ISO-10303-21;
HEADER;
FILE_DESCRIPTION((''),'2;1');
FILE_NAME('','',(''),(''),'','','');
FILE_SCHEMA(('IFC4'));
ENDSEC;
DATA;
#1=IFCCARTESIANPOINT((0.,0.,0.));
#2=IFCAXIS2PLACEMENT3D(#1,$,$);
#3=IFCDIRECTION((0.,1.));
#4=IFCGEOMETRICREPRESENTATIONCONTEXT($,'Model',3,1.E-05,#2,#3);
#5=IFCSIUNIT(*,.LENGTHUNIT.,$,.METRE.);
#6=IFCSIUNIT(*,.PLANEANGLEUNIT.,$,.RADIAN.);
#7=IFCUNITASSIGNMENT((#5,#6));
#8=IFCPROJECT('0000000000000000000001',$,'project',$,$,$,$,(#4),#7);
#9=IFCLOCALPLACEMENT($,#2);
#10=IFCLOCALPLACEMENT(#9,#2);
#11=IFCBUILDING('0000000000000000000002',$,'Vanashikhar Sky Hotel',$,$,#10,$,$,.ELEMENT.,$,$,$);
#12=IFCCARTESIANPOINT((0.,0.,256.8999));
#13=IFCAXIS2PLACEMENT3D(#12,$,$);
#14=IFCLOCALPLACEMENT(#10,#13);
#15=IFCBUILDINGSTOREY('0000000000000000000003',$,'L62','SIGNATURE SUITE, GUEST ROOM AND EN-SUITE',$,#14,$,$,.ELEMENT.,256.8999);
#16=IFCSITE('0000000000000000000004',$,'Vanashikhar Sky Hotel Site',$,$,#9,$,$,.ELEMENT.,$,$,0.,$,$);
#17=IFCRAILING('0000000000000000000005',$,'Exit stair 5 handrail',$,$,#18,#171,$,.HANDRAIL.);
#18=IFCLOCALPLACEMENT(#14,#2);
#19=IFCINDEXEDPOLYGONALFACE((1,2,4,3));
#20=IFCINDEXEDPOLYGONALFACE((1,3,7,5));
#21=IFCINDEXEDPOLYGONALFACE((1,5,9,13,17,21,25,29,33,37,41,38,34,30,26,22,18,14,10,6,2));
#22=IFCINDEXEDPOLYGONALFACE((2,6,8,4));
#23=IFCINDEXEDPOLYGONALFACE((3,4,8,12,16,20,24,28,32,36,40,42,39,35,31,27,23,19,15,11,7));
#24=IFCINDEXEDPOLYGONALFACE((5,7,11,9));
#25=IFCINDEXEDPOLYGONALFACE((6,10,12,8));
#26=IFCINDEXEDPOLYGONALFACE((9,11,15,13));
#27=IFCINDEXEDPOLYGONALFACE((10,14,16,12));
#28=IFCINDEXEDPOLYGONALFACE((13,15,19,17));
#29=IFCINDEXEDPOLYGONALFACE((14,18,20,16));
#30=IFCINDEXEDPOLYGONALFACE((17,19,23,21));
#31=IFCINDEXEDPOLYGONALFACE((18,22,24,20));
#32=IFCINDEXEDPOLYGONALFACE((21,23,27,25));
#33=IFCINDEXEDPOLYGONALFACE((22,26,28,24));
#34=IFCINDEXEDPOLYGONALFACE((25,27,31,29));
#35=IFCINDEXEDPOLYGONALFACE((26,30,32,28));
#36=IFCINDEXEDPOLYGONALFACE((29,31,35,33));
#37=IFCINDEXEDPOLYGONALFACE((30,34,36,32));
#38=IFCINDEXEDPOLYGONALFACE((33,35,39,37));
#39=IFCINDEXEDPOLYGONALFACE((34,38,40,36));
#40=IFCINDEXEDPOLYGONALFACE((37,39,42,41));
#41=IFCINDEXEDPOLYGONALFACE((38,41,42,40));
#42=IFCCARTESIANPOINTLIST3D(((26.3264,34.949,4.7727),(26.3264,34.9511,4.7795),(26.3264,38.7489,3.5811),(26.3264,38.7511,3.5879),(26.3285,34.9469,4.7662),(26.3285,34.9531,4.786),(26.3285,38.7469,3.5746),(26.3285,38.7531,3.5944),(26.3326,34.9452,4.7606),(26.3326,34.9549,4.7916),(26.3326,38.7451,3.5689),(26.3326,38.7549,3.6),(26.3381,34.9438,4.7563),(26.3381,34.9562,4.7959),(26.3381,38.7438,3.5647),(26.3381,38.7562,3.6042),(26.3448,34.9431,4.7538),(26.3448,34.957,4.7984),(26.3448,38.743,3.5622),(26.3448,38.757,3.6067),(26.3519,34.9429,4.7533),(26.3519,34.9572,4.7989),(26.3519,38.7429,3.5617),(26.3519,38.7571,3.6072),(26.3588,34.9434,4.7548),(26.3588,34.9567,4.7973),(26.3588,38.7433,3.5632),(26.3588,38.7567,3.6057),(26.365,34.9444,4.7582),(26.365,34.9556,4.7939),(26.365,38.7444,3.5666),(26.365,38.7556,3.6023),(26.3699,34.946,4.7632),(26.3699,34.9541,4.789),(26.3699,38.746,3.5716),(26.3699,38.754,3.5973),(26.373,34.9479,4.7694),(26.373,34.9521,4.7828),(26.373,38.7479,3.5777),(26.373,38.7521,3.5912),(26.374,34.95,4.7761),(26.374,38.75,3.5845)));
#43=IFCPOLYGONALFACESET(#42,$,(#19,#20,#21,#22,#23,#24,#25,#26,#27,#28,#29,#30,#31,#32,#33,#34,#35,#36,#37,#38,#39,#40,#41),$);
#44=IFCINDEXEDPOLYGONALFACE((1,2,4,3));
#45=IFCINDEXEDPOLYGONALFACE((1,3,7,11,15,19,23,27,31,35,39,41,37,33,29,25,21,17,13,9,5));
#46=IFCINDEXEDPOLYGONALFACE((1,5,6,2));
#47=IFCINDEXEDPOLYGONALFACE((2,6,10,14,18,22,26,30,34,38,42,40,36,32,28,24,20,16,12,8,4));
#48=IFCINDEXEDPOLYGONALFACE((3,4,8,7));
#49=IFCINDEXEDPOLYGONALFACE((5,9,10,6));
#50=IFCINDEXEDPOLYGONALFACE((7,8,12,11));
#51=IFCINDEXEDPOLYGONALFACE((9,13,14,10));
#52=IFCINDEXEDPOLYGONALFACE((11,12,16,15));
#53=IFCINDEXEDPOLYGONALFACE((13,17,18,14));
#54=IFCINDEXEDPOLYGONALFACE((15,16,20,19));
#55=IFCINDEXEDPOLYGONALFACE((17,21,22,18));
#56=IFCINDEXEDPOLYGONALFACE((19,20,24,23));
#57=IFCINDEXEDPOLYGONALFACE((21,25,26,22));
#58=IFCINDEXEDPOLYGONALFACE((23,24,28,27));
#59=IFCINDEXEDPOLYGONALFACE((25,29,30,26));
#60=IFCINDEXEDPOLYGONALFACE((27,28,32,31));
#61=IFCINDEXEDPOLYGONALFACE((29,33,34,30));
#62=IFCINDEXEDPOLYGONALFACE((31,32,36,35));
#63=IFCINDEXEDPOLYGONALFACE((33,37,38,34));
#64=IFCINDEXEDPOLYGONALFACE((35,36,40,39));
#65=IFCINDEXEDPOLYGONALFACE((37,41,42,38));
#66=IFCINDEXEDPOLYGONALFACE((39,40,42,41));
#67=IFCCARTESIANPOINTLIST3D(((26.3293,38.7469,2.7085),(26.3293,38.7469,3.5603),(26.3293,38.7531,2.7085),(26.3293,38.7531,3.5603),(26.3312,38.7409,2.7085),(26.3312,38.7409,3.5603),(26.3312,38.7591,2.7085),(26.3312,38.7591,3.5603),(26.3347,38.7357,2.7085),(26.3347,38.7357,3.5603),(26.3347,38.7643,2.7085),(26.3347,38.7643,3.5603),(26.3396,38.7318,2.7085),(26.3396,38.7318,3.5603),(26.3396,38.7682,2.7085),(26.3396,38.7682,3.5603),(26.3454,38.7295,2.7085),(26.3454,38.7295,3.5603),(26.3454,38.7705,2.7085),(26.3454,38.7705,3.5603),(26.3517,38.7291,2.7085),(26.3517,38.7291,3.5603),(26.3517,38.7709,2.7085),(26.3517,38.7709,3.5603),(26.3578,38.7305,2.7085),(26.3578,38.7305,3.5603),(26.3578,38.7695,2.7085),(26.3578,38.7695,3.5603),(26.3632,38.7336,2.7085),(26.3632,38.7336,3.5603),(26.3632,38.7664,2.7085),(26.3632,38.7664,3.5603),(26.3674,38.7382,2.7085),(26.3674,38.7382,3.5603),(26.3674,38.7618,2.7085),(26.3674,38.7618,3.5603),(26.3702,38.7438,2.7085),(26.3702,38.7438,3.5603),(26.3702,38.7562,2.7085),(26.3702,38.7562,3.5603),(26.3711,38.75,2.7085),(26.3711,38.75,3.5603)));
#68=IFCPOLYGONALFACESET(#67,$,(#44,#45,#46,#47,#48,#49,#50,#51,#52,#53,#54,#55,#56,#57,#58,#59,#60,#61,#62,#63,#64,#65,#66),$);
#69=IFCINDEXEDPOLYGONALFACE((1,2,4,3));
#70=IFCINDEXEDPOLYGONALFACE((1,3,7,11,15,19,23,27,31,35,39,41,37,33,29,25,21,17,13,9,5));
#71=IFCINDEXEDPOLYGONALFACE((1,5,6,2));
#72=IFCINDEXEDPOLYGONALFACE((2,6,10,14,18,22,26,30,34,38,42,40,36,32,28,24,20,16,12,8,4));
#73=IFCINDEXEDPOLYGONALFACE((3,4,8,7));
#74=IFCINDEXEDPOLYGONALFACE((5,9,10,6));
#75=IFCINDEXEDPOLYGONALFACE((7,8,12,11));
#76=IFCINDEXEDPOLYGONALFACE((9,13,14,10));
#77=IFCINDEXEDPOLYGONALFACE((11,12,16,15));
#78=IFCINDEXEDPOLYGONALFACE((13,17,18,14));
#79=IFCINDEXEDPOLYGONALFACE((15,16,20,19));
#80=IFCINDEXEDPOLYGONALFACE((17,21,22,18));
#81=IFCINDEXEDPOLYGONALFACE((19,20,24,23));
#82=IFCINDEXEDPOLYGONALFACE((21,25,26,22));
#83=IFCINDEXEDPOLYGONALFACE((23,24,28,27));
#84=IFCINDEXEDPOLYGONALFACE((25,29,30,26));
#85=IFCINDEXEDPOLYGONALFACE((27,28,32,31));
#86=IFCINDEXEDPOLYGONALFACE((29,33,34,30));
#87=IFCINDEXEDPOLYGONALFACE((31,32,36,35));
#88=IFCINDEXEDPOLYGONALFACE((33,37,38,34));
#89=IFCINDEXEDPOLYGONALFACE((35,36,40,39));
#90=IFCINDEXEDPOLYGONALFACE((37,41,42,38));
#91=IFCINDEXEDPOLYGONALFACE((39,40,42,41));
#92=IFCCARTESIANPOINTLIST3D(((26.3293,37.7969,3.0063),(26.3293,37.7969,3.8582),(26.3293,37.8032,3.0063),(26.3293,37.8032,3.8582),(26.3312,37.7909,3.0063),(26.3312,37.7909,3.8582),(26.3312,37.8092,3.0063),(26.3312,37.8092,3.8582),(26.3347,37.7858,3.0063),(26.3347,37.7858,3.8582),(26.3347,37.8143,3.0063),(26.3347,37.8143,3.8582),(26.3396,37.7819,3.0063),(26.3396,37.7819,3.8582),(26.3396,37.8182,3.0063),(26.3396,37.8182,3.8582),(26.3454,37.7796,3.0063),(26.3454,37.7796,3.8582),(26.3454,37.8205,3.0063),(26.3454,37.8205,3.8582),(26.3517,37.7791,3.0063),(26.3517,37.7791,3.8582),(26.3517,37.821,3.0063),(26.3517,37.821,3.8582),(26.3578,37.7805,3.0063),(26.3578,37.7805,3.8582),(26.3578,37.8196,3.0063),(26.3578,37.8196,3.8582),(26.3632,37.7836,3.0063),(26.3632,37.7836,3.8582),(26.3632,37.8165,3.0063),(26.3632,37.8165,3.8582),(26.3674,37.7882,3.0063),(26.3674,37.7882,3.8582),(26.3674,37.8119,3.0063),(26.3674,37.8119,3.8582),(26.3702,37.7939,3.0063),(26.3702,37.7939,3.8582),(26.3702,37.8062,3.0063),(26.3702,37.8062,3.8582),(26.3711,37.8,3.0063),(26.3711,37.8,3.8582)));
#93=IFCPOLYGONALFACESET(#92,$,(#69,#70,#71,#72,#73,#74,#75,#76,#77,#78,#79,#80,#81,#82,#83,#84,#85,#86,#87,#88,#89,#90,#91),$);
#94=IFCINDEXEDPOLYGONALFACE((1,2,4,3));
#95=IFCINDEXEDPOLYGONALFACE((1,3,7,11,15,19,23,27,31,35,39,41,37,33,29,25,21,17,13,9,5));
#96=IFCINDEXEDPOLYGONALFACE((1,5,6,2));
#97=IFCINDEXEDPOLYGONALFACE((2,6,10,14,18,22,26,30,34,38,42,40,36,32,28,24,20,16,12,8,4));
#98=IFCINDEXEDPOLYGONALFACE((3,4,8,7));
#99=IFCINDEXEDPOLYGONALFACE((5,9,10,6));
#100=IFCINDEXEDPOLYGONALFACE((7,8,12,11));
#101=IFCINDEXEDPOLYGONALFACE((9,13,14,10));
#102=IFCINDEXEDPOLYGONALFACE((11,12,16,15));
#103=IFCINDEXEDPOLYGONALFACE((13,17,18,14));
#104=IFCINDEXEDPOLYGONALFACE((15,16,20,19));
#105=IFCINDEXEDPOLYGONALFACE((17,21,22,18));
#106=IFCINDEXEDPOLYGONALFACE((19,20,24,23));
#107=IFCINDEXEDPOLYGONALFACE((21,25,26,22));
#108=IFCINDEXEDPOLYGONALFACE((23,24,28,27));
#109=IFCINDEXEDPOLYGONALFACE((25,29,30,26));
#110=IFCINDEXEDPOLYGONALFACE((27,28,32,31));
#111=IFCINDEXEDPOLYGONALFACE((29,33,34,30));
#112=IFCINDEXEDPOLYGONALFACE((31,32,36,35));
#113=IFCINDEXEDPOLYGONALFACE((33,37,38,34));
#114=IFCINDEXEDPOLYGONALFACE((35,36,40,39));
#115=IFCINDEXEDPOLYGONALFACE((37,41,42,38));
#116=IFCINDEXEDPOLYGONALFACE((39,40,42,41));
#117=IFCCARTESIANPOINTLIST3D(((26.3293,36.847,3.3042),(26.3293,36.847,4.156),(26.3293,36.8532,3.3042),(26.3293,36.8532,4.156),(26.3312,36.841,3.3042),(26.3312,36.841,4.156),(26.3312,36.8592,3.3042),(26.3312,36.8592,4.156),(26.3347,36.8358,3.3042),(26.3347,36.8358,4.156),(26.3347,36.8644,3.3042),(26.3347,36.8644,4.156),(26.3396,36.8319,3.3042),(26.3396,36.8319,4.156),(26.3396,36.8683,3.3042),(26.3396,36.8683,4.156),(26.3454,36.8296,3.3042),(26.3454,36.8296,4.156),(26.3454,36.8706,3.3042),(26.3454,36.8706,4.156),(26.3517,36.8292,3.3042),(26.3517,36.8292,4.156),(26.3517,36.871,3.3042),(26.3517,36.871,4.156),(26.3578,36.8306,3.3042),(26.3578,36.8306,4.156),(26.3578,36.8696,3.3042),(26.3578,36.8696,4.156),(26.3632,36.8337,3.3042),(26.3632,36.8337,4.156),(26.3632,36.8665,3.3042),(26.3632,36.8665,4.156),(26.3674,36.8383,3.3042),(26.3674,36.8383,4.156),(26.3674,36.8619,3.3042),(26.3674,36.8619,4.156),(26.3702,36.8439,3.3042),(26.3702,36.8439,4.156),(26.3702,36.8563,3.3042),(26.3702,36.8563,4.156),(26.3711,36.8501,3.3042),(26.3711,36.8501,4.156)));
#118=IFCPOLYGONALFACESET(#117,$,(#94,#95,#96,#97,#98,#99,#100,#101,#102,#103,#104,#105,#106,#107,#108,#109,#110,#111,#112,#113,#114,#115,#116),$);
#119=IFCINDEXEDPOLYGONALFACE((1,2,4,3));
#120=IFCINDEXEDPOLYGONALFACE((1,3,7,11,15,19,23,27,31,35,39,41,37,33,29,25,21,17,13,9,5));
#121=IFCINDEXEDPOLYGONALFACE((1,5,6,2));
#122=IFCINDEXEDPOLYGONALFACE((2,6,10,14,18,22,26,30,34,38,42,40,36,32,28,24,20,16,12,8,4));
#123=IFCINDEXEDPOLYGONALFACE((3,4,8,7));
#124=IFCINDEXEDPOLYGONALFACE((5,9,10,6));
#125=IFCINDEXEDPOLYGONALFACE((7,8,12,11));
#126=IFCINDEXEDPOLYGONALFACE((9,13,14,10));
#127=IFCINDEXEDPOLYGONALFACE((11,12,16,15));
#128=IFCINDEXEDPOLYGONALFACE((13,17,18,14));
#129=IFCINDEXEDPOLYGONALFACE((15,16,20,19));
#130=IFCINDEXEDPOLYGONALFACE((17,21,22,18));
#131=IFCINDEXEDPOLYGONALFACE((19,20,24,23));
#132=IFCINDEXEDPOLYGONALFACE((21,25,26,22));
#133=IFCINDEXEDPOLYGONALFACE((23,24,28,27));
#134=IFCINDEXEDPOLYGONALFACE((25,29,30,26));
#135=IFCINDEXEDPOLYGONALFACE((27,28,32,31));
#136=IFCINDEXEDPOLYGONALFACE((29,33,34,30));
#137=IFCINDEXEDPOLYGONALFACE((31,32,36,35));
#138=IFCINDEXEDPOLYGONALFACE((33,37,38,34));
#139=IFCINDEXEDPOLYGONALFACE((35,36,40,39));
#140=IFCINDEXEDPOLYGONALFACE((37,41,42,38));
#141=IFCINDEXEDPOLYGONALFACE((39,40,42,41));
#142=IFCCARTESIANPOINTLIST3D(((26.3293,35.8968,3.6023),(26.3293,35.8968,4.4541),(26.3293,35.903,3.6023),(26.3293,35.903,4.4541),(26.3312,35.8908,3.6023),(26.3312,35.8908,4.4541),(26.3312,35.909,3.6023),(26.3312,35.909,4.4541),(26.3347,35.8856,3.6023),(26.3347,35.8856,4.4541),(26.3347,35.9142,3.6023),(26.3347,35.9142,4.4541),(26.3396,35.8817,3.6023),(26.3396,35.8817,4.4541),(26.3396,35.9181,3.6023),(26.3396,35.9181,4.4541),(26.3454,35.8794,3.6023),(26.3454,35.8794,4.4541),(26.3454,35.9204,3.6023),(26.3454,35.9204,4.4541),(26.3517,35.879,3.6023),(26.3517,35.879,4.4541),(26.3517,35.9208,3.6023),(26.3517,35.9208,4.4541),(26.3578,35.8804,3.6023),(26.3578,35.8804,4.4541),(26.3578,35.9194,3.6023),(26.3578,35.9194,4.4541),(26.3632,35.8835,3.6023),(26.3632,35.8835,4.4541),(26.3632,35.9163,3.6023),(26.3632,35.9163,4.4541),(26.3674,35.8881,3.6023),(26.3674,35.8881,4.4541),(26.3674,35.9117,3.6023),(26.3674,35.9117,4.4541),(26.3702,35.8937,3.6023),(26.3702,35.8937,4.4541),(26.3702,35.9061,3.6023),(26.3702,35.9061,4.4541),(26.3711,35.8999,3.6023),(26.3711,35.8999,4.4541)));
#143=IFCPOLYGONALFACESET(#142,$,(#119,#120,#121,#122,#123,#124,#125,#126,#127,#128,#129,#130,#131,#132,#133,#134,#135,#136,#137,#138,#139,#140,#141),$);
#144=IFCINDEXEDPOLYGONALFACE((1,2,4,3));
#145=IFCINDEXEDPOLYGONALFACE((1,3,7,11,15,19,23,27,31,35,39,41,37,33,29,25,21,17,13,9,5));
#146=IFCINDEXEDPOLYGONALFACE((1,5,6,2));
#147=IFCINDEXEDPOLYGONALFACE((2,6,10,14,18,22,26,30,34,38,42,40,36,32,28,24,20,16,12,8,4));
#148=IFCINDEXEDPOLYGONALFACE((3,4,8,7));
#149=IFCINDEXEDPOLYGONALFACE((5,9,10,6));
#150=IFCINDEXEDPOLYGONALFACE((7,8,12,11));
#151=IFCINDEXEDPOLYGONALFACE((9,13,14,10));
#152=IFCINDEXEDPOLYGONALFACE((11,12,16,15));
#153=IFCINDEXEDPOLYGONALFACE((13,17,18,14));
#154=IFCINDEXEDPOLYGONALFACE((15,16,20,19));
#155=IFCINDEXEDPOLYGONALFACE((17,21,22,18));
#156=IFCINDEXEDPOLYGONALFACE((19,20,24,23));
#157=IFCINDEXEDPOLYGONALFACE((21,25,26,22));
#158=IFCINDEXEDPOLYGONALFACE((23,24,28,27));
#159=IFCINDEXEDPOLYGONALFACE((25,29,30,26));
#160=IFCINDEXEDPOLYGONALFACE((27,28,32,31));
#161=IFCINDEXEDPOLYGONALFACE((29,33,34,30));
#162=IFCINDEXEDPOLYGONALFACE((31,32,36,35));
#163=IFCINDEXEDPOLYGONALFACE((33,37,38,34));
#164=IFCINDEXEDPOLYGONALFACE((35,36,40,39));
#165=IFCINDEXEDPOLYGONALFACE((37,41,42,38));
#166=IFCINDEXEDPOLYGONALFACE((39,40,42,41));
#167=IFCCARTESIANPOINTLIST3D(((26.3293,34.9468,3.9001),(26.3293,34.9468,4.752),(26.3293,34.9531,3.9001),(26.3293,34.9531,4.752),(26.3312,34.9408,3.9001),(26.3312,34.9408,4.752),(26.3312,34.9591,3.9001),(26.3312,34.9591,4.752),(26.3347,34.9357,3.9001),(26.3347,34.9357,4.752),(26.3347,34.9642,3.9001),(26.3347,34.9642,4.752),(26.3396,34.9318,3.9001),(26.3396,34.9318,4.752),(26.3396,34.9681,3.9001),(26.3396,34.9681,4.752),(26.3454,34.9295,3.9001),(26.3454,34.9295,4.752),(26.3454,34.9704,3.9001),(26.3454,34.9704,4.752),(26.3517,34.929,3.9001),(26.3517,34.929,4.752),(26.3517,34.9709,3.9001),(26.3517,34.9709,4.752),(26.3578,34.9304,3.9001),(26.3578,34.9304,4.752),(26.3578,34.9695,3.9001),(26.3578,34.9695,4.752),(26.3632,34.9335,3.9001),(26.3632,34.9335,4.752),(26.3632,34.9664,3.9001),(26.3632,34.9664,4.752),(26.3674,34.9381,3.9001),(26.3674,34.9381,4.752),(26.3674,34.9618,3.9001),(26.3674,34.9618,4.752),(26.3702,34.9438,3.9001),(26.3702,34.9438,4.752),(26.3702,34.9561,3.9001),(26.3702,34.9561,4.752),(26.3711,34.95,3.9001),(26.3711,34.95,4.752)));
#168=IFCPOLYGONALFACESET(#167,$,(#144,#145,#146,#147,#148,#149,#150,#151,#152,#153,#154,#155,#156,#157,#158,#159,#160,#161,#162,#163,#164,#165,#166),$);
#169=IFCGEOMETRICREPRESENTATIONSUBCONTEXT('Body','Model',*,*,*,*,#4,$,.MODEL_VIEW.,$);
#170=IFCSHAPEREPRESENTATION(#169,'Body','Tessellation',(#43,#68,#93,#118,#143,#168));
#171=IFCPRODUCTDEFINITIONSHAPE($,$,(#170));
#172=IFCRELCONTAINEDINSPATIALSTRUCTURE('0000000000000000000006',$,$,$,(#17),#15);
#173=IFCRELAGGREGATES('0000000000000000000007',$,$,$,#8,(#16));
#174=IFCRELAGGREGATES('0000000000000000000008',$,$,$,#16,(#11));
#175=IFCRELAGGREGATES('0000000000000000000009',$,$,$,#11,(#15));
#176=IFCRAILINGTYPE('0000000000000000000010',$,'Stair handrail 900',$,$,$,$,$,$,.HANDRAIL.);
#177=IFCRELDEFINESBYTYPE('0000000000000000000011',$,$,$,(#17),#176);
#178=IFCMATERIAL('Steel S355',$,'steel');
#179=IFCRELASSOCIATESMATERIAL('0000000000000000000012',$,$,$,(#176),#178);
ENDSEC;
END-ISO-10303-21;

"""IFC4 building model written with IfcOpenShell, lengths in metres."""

from ifc_helpers import new_model, si_unit, direction, frame, origin, origin_2d, place, context, subcontext, project, spatial, circle, extrude, source, transform, mapped, material, type_object, element, save


model = new_model("IFC4")

# Units and contexts
model_context = context("Model", 3, precision=1e-05, world=origin(), true_north=direction((0.0, 1.0)))
body_context = subcontext(model_context, "Body", "Model", "MODEL_VIEW")
ifc_project = project(units=[si_unit("LENGTHUNIT", "METRE"), si_unit("PLANEANGLEUNIT", "RADIAN")], contexts=[model_context])

# Site, building, storey
site_placement = place(None, origin())
site = spatial("IfcSite", under=ifc_project, at=site_placement, Name="Vanashikhar Sky Hotel Site", CompositionType="ELEMENT", RefElevation=0.0)
building_placement = place(site_placement, origin())
building = spatial("IfcBuilding", under=site, at=building_placement, Name="Vanashikhar Sky Hotel", CompositionType="ELEMENT")
storey_placement = place(building_placement, frame((0.0, 0.0, 256.8999)))
storey = spatial("IfcBuildingStorey", under=building, at=storey_placement, Name="L62", Description="SIGNATURE SUITE, GUEST ROOM AND EN-SUITE", CompositionType="ELEMENT", Elevation=256.8999)

# Railing
ifc_material_1 = material(Name="Steel S355", Category="steel")
railing_type_1 = type_object("IfcRailingType", Name="Stair handrail 900", PredefinedType="HANDRAIL", material=ifc_material_1)
shared_shape_1 = source(origin(), body_context, "Body", "SweptSolid", [
    extrude(circle(Radius=0.0239, at=origin_2d()), frame((0.0, 0.0, 0.876), z_axis=(0.0, -0.954184, 0.299221), x_axis=(1.0, 0.0, 0.0)), (0.0, 0.0, 1.0), 3.9824),
    extrude(circle(Radius=0.021, at=origin_2d()), origin(), (0.0, 0.0, 1.0), 0.8518),
    extrude(circle(Radius=0.021, at=origin_2d()), frame((0.0, -0.95, 0.2979)), (0.0, 0.0, 1.0), 0.8518),
    extrude(circle(Radius=0.021, at=origin_2d()), frame((0.0, -1.8999, 0.5957)), (0.0, 0.0, 1.0), 0.8518),
    extrude(circle(Radius=0.021, at=origin_2d()), frame((0.0, -2.8501, 0.8938)), (0.0, 0.0, 1.0), 0.8518),
    extrude(circle(Radius=0.021, at=origin_2d()), frame((0.0, -3.8, 1.1917)), (0.0, 0.0, 1.0), 0.8518),
])
for number, where, name in (
    (1, (26.3501, 38.75, 2.7085), "Exit stair 5 handrail"),
):
    element("IfcRailing", number, at=place(storey_placement, frame(where)), inside=storey, type_object=railing_type_1, Name=name, PredefinedType="HANDRAIL", context=body_context, shape_type="MappedRepresentation", body=[
        mapped(shared_shape_1, transform((0.0, 0.0, 0.0), scale=1.0)),
    ])

save(model, "model.ifc")
